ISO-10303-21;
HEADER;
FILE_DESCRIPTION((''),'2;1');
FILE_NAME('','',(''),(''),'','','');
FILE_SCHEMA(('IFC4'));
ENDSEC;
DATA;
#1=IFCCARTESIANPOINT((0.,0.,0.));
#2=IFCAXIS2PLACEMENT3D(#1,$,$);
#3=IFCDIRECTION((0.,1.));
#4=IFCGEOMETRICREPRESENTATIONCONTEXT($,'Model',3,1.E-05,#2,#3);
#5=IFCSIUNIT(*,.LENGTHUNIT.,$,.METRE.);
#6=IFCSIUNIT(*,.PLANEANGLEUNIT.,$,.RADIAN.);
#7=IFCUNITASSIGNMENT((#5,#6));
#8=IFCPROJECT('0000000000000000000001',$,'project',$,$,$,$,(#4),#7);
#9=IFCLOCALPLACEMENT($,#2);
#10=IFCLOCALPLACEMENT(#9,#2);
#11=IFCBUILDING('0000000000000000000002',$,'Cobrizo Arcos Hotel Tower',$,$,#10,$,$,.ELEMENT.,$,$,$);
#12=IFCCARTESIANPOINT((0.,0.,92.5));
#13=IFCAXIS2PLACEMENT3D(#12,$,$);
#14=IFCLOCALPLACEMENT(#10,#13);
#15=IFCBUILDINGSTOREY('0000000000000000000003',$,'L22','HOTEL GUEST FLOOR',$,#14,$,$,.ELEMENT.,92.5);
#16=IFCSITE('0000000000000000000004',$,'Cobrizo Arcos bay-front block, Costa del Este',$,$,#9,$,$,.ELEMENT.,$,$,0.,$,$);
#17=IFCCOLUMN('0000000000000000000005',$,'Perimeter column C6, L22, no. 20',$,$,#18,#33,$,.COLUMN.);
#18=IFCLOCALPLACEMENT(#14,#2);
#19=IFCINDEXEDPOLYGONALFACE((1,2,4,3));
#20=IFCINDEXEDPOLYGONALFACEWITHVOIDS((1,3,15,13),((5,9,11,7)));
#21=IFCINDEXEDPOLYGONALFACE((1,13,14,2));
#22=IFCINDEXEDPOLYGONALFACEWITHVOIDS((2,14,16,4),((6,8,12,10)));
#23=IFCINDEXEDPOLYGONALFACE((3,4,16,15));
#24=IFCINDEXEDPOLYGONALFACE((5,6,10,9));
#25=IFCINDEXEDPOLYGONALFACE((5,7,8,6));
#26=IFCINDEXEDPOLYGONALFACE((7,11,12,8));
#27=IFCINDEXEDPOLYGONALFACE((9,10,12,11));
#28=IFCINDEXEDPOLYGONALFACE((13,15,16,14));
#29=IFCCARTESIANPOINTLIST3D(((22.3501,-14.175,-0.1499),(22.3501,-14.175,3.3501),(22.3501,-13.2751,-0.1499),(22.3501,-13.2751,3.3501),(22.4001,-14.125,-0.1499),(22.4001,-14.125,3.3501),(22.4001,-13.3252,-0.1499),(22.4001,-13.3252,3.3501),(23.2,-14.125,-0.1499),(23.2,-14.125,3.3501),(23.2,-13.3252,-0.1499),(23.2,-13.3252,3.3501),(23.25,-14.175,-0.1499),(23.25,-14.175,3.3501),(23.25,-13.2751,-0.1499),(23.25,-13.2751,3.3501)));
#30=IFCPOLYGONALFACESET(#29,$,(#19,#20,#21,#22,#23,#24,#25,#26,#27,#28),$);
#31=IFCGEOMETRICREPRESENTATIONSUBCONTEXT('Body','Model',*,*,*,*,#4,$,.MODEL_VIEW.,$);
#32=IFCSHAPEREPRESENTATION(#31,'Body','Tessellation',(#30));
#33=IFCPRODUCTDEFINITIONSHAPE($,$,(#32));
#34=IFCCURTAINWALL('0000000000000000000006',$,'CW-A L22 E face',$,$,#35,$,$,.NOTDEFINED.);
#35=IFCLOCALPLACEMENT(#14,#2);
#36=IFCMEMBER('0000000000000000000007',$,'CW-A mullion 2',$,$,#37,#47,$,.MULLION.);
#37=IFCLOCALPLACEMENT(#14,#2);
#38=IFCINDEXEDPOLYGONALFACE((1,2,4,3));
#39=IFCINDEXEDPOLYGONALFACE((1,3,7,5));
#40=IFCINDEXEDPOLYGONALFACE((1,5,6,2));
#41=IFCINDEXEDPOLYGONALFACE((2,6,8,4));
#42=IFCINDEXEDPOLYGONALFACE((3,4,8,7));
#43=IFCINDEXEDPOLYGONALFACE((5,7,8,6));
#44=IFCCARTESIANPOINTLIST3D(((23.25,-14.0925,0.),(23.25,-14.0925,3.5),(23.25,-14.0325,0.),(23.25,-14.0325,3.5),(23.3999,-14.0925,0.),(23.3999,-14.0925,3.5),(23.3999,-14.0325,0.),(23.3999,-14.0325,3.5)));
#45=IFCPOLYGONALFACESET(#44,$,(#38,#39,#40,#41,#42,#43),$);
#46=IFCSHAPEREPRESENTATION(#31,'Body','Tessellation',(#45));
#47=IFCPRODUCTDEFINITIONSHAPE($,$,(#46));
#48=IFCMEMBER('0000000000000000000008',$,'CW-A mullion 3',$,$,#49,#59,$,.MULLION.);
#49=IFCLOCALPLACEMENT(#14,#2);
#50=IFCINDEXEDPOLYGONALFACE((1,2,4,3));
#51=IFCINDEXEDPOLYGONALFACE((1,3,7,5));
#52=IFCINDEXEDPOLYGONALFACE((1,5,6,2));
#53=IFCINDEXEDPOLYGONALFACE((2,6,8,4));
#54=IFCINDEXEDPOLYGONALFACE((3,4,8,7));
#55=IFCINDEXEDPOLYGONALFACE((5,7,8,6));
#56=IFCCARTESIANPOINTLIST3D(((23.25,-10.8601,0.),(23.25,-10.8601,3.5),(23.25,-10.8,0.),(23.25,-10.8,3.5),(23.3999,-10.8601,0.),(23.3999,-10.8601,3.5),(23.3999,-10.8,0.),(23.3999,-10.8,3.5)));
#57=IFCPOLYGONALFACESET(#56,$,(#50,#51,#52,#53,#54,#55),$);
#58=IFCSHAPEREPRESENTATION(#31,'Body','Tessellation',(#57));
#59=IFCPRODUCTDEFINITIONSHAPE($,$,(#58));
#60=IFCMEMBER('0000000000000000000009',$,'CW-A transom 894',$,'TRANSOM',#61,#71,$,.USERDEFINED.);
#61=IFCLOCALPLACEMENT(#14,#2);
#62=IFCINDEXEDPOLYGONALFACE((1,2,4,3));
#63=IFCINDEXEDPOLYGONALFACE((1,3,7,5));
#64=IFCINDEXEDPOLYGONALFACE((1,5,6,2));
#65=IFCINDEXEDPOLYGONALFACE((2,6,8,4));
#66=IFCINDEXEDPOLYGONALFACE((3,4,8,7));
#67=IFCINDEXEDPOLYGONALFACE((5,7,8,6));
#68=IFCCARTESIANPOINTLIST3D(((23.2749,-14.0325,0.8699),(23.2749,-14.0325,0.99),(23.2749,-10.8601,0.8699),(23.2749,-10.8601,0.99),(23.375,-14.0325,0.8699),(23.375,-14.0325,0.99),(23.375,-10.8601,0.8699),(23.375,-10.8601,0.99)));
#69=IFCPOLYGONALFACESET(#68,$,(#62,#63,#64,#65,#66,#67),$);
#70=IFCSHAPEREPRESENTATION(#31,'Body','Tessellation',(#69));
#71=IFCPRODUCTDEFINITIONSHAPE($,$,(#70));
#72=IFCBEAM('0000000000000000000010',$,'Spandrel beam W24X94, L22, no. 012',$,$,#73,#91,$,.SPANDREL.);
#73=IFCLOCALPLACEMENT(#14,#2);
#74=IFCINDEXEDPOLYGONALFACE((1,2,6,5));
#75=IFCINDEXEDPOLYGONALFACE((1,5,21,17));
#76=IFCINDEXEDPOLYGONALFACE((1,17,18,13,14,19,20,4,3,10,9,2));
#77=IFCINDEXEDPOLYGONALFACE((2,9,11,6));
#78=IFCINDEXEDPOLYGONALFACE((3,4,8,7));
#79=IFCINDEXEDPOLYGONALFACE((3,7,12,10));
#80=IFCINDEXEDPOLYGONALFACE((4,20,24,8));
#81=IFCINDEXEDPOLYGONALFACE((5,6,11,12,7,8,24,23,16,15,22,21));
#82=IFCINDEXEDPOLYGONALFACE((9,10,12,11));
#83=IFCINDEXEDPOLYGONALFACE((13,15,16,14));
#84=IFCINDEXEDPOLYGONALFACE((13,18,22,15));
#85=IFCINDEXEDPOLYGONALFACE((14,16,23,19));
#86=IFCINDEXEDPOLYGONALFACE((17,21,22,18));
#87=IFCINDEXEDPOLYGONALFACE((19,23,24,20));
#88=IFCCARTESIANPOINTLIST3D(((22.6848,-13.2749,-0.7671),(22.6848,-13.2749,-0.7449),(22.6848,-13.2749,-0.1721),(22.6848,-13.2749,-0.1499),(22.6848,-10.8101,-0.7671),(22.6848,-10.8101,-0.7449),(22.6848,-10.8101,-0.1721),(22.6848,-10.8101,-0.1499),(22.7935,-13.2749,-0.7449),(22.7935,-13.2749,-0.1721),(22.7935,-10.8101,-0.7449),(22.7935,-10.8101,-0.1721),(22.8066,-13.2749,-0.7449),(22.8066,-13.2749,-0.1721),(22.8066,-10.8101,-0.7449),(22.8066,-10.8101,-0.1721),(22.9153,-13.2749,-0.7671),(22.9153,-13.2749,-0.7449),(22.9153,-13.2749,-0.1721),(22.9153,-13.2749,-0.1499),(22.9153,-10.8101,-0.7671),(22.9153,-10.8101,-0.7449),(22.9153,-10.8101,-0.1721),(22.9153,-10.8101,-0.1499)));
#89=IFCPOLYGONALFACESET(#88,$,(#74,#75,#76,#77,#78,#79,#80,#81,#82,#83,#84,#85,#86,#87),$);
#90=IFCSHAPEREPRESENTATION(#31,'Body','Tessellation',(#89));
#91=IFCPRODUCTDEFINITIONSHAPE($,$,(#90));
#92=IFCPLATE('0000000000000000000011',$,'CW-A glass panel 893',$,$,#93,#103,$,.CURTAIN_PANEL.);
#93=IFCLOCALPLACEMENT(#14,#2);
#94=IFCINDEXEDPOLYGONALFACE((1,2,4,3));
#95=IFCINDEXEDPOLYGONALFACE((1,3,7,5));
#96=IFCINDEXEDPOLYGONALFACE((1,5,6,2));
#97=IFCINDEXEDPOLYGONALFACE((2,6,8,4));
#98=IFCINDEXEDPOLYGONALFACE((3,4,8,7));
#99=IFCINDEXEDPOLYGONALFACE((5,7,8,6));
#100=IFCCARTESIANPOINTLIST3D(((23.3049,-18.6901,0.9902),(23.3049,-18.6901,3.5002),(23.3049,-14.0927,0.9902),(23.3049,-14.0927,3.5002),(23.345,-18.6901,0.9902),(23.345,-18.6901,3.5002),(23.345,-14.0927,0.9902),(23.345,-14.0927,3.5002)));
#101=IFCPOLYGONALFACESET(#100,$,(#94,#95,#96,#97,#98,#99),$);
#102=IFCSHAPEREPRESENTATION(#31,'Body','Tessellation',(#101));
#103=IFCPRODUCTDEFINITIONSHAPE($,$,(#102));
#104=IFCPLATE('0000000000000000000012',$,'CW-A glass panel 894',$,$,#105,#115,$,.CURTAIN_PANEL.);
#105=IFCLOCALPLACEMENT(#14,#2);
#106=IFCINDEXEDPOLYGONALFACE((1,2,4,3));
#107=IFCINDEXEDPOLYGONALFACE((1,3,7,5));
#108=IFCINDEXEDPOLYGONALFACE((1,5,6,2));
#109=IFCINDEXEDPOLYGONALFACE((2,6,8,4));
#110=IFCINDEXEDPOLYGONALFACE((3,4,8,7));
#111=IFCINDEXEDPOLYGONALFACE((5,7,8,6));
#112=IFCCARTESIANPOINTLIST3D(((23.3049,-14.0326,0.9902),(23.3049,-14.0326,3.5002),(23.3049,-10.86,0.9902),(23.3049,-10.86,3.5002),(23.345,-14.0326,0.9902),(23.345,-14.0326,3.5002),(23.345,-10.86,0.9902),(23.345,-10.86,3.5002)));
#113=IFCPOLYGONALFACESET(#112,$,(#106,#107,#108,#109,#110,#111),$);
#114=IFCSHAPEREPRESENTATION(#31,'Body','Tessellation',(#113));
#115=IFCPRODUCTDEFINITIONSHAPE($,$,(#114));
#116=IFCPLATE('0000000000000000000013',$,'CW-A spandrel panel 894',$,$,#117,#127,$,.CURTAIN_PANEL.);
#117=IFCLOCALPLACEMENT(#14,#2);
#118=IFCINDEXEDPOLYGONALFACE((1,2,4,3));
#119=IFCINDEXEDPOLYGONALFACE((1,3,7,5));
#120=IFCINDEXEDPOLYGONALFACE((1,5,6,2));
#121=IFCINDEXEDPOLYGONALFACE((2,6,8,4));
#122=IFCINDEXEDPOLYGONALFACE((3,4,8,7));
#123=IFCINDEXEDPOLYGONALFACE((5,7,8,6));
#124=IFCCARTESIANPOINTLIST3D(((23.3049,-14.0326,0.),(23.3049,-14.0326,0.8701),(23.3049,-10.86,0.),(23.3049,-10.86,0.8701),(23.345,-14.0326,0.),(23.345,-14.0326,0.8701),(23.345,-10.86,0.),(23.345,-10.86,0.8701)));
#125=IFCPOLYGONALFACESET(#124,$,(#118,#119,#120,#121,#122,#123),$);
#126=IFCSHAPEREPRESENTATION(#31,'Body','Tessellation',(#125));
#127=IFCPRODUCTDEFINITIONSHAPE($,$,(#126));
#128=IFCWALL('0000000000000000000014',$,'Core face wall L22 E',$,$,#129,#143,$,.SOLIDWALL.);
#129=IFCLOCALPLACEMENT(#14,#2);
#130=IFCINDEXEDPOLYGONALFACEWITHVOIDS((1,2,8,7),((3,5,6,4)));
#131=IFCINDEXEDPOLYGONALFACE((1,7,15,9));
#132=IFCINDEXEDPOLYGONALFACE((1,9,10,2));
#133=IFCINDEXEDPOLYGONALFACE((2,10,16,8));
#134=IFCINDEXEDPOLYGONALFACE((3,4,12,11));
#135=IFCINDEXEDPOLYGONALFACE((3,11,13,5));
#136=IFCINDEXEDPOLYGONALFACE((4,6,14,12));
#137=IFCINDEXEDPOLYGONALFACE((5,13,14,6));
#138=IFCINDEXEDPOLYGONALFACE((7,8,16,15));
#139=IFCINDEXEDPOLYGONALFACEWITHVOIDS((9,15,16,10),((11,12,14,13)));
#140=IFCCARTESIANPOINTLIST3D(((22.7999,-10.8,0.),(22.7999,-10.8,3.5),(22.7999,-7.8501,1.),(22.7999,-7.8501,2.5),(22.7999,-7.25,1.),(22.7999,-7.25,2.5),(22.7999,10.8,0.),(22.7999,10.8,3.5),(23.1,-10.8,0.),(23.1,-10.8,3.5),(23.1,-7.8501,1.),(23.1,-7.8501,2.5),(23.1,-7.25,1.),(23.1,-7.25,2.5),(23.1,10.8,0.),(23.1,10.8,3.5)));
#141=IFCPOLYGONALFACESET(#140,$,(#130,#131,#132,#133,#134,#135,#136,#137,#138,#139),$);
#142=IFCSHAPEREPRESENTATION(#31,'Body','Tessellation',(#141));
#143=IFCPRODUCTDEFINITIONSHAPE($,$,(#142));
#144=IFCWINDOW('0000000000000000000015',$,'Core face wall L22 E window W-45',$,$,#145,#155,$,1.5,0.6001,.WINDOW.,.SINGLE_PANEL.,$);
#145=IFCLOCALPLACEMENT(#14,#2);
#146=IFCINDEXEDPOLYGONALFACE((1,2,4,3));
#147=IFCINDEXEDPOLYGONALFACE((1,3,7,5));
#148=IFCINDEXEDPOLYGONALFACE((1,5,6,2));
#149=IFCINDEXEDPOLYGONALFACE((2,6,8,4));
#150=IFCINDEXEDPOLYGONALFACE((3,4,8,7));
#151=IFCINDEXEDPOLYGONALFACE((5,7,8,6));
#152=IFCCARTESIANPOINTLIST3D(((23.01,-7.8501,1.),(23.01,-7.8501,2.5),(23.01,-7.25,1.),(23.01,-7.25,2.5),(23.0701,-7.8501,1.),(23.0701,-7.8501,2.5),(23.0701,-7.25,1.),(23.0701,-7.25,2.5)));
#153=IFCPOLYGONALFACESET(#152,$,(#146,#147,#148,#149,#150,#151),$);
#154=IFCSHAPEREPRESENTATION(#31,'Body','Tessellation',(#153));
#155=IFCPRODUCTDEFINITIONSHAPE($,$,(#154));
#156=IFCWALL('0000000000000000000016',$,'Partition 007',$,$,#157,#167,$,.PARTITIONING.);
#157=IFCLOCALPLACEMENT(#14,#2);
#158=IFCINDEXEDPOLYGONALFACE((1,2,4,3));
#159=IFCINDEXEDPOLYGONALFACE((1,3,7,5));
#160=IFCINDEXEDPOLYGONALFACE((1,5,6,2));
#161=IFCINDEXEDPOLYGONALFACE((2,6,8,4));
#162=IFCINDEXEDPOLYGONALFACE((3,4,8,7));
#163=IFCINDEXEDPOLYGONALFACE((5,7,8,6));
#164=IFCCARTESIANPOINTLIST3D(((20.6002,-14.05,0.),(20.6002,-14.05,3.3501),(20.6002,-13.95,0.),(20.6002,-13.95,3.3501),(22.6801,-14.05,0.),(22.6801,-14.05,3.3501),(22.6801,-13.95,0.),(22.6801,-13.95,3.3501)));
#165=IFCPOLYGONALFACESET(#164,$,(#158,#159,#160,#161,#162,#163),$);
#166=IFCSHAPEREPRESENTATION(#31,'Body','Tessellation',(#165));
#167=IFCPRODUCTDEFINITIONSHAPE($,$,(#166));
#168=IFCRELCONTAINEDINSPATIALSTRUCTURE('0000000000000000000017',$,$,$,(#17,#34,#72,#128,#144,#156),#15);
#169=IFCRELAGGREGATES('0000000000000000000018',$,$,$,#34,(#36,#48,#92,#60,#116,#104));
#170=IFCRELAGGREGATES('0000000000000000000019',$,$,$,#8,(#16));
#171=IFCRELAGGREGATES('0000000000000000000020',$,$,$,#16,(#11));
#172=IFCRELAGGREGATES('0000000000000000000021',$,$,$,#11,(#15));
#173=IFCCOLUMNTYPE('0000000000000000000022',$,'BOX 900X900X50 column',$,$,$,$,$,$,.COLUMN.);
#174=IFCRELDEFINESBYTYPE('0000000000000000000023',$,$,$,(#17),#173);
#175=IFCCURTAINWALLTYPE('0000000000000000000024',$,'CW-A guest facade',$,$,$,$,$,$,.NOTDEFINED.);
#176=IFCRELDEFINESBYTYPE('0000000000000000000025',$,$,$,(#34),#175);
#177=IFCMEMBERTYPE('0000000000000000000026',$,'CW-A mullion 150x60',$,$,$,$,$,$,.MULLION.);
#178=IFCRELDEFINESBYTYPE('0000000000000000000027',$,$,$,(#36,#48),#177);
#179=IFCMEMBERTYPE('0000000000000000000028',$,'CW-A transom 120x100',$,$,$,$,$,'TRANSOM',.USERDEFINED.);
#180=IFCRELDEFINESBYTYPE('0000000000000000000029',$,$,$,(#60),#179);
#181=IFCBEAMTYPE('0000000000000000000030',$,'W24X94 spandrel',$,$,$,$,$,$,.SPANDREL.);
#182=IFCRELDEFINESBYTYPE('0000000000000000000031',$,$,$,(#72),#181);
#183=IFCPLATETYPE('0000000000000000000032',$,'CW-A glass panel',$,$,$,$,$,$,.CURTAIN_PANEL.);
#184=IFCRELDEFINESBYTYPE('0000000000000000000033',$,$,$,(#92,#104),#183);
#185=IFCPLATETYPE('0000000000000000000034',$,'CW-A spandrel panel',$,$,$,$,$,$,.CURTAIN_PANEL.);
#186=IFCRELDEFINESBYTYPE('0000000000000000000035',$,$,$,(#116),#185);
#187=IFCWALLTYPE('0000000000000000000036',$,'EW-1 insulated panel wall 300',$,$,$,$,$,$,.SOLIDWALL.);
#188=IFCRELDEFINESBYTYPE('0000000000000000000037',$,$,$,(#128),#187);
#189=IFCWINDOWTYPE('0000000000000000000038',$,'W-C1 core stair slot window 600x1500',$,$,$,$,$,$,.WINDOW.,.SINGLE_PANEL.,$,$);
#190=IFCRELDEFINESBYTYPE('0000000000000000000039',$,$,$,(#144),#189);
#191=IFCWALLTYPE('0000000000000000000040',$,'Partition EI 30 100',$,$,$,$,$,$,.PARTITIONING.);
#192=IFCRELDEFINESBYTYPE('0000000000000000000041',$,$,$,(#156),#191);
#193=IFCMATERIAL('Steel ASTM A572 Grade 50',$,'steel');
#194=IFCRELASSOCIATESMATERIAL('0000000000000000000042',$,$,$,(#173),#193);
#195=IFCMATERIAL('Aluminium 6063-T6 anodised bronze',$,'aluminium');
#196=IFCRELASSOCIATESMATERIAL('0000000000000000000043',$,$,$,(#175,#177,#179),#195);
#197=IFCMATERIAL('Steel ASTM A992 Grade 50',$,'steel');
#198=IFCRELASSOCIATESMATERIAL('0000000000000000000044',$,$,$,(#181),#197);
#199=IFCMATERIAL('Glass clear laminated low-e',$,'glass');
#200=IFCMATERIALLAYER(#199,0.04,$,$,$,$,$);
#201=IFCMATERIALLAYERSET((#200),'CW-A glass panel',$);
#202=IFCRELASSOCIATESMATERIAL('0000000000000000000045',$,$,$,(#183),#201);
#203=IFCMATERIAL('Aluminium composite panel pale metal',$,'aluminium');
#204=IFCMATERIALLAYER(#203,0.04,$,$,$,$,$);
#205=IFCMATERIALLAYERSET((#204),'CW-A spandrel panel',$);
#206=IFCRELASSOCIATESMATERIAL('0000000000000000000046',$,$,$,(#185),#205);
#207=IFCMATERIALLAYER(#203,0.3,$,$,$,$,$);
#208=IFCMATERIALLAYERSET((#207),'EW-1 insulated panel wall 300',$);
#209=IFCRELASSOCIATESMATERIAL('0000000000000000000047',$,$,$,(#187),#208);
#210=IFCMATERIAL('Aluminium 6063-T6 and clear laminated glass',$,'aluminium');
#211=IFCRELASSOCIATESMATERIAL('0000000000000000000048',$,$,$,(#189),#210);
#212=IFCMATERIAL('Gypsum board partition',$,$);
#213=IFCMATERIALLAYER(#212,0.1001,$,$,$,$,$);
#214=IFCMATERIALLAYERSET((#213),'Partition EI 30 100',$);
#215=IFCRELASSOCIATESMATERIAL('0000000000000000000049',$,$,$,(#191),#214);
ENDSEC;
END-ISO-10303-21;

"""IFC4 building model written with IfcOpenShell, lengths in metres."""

from ifc_helpers import new_model, si_unit, direction, frame, frame_2d, origin, origin_2d, place, context, subcontext, project, spatial, rectangle, hollow_rectangle, i_section, extrude, material, layer, layer_set, material_profile, profile_set, type_object, element, fill, aggregate, save


model = new_model("IFC4")

# Units and contexts
model_context = context("Model", 3, precision=1e-05, world=origin(), true_north=direction((0.0, 1.0)))
body_context = subcontext(model_context, "Body", "Model", "MODEL_VIEW")
ifc_project = project(units=[si_unit("LENGTHUNIT", "METRE"), si_unit("PLANEANGLEUNIT", "RADIAN")], contexts=[model_context])

# Site, building, storey
site_placement = place(None, origin())
site = spatial("IfcSite", under=ifc_project, at=site_placement, Name="Cobrizo Arcos bay-front block, Costa del Este", CompositionType="ELEMENT", RefElevation=0.0)
building_placement = place(site_placement, origin())
building = spatial("IfcBuilding", under=site, at=building_placement, Name="Cobrizo Arcos Hotel Tower", CompositionType="ELEMENT")
storey_placement = place(building_placement, frame((0.0, 0.0, 92.5)))
storey = spatial("IfcBuildingStorey", under=building, at=storey_placement, Name="L22", Description="HOTEL GUEST FLOOR", CompositionType="ELEMENT", Elevation=92.5)

# Column
ifc_material_1 = material(Name="Steel ASTM A572 Grade 50", Category="steel")
ifc_material_profile_1 = material_profile(ifc_material_1, hollow_rectangle(XDim=0.8999, YDim=0.8999, WallThickness=0.05, at=origin_2d()), Name="BOX 900X900X50")
ifc_profile_set_1 = profile_set([ifc_material_profile_1], Name="Steel ASTM A572 Grade 50")
column_type = type_object("IfcColumnType", Name="BOX 900X900X50 column", PredefinedType="COLUMN", material=ifc_profile_set_1)
column_placement = place(storey_placement, frame((22.8, -13.7251, -0.1499), z_axis=(0.0, 0.0, 1.0), x_axis=(1.0, 0.0, 0.0)))
element("IfcColumn", 1, at=column_placement, inside=storey, type_object=column_type, Name="Perimeter column C6, L22, no. 20", PredefinedType="COLUMN", context=body_context, shape_type="SweptSolid", body=[
    extrude(hollow_rectangle(XDim=0.8999, YDim=0.8999, WallThickness=0.05, at=origin_2d()), origin(), (0.0, 0.0, 1.0), 3.5),
])

# Curtain wall, members
ifc_material_2 = material(Name="Aluminium 6063-T6 anodised bronze", Category="aluminium")
curtain_wall_type = type_object("IfcCurtainWallType", Name="CW-A guest facade", PredefinedType="NOTDEFINED", material=ifc_material_2)
curtain_wall_placement = place(storey_placement, origin())
curtain_wall = element("IfcCurtainWall", 2, at=curtain_wall_placement, inside=storey, type_object=curtain_wall_type, Name="CW-A L22 E face", PredefinedType="NOTDEFINED")
ifc_material_profile_2 = material_profile(ifc_material_2, rectangle(XDim=0.1499, YDim=0.0601, at=origin_2d()), Name="CW-A mullion 150x60")
ifc_profile_set_2 = profile_set([ifc_material_profile_2], Name="Aluminium 6063-T6 anodised bronze")
member_type_1 = type_object("IfcMemberType", Name="CW-A mullion 150x60", PredefinedType="MULLION", material=ifc_profile_set_2)
member_1_placement = place(storey_placement, frame((23.325, -14.0625, 0.0), z_axis=(0.0, 0.0, 1.0), x_axis=(1.0, 0.0, 0.0)))
member_1 = element("IfcMember", 3, at=member_1_placement, type_object=member_type_1, Name="CW-A mullion 2", PredefinedType="MULLION", context=body_context, shape_type="SweptSolid", body=[
    extrude(rectangle(XDim=0.1499, YDim=0.0601, at=origin_2d()), origin(), (0.0, 0.0, 1.0), 3.5),
])
member_2_placement = place(storey_placement, frame((23.325, -10.8301, 0.0), z_axis=(0.0, 0.0, 1.0), x_axis=(1.0, 0.0, 0.0)))
member_2 = element("IfcMember", 4, at=member_2_placement, type_object=member_type_1, Name="CW-A mullion 3", PredefinedType="MULLION", context=body_context, shape_type="SweptSolid", body=[
    extrude(rectangle(XDim=0.1499, YDim=0.0601, at=origin_2d()), origin(), (0.0, 0.0, 1.0), 3.5),
])
ifc_material_profile_3 = material_profile(ifc_material_2, rectangle(XDim=0.1001, YDim=0.1201, at=origin_2d()), Name="CW-A transom 120x100")
ifc_profile_set_3 = profile_set([ifc_material_profile_3], Name="Aluminium 6063-T6 anodised bronze")
member_type_2 = type_object("IfcMemberType", Name="CW-A transom 120x100", ElementType="TRANSOM", PredefinedType="USERDEFINED", material=ifc_profile_set_3)
member_3_placement = place(storey_placement, frame((23.325, -14.0325, 0.9299), z_axis=(0.0, 1.0, 0.0), x_axis=(-1.0, 0.0, 0.0)))
member_3 = element("IfcMember", 5, at=member_3_placement, type_object=member_type_2, Name="CW-A transom 894", ObjectType="TRANSOM", PredefinedType="USERDEFINED", context=body_context, shape_type="SweptSolid", body=[
    extrude(rectangle(XDim=0.1001, YDim=0.1201, at=origin_2d()), origin(), (0.0, 0.0, 1.0), 3.1724),
])

# Beam
ifc_material_3 = material(Name="Steel ASTM A992 Grade 50", Category="steel")
ifc_material_profile_4 = material_profile(ifc_material_3, i_section(OverallWidth=0.2305, OverallDepth=0.6172, WebThickness=0.0132, FlangeThickness=0.0222, at=origin_2d()), Name="W24X94")
ifc_profile_set_4 = profile_set([ifc_material_profile_4], Name="Steel ASTM A992 Grade 50")
beam_type = type_object("IfcBeamType", Name="W24X94 spandrel", PredefinedType="SPANDREL", material=ifc_profile_set_4)
beam_placement = place(storey_placement, frame((22.8, -13.2749, -0.4585), z_axis=(0.0, 1.0, 0.0), x_axis=(-1.0, 0.0, 0.0)))
element("IfcBeam", 6, at=beam_placement, inside=storey, type_object=beam_type, Name="Spandrel beam W24X94, L22, no. 012", PredefinedType="SPANDREL", context=body_context, shape_type="SweptSolid", body=[
    extrude(i_section(OverallWidth=0.2305, OverallDepth=0.6172, WebThickness=0.0132, FlangeThickness=0.0222, at=origin_2d()), origin(), (0.0, 0.0, 1.0), 2.4648),
])

# Plates
ifc_material_4 = material(Name="Glass clear laminated low-e", Category="glass")
ifc_layer_1 = layer(ifc_material_4, 0.04)
ifc_layer_set_1 = layer_set([ifc_layer_1], Name="CW-A glass panel")
plate_type_1 = type_object("IfcPlateType", Name="CW-A glass panel", PredefinedType="CURTAIN_PANEL", material=ifc_layer_set_1)
plate_1_placement = place(storey_placement, frame((23.325, -16.3914, 0.9902), z_axis=(0.0, 0.0, 1.0), x_axis=(0.0, 1.0, 0.0)))
plate_1 = element("IfcPlate", 7, at=plate_1_placement, type_object=plate_type_1, Name="CW-A glass panel 893", PredefinedType="CURTAIN_PANEL", context=body_context, shape_type="SweptSolid", body=[
    extrude(rectangle(XDim=4.5974, YDim=0.04, at=origin_2d()), origin(), (0.0, 0.0, 1.0), 2.51),
])
plate_2_placement = place(storey_placement, frame((23.325, -12.4463, 0.9902), z_axis=(0.0, 0.0, 1.0), x_axis=(0.0, 1.0, 0.0)))
plate_2 = element("IfcPlate", 8, at=plate_2_placement, type_object=plate_type_1, Name="CW-A glass panel 894", PredefinedType="CURTAIN_PANEL", context=body_context, shape_type="SweptSolid", body=[
    extrude(rectangle(XDim=3.1726, YDim=0.04, at=origin_2d()), origin(), (0.0, 0.0, 1.0), 2.51),
])
ifc_material_5 = material(Name="Aluminium composite panel pale metal", Category="aluminium")
ifc_layer_2 = layer(ifc_material_5, 0.04)
ifc_layer_set_2 = layer_set([ifc_layer_2], Name="CW-A spandrel panel")
plate_type_2 = type_object("IfcPlateType", Name="CW-A spandrel panel", PredefinedType="CURTAIN_PANEL", material=ifc_layer_set_2)
plate_3_placement = place(storey_placement, frame((23.325, -12.4463, 0.0), z_axis=(0.0, 0.0, 1.0), x_axis=(0.0, 1.0, 0.0)))
plate_3 = element("IfcPlate", 9, at=plate_3_placement, type_object=plate_type_2, Name="CW-A spandrel panel 894", PredefinedType="CURTAIN_PANEL", context=body_context, shape_type="SweptSolid", body=[
    extrude(rectangle(XDim=3.1726, YDim=0.04, at=origin_2d()), origin(), (0.0, 0.0, 1.0), 0.8701),
])
aggregate(curtain_wall, [member_1, member_2, plate_1, member_3, plate_3, plate_2])

# Wall, opening, window
ifc_layer_3 = layer(ifc_material_5, 0.3)
ifc_layer_set_3 = layer_set([ifc_layer_3], Name="EW-1 insulated panel wall 300")
wall_type_1 = type_object("IfcWallType", Name="EW-1 insulated panel wall 300", PredefinedType="SOLIDWALL", material=ifc_layer_set_3)
wall_1_placement = place(storey_placement, frame((22.95, -10.8, 0.0), z_axis=(0.0, 0.0, 1.0), x_axis=(0.0, 1.0, 0.0)))
wall_1 = element("IfcWall", 10, at=wall_1_placement, inside=storey, type_object=wall_type_1, Name="Core face wall L22 E", PredefinedType="SOLIDWALL", context=body_context, shape_type="SweptSolid", body=[
    extrude(rectangle(XDim=21.6001, YDim=0.3, at=frame_2d((10.8, 0.0))), origin(), (0.0, 0.0, 1.0), 3.5),
])
opening_1_placement = place(wall_1_placement, frame((2.95, 0.0, 1.0)))
opening_1 = element("IfcOpeningElement", 11, at=opening_1_placement, cuts=wall_1, PredefinedType="OPENING", context=body_context, shape_type="SweptSolid", body=[
    extrude(rectangle(XDim=0.6001, YDim=1.5, at=frame_2d((0.3, 0.75))), frame((0.0, 0.1621, 0.0), z_axis=(0.0, -1.0, 0.0), x_axis=(1.0, 0.0, 0.0)), (0.0, 0.0, 1.0), 0.324),
])
ifc_material_6 = material(Name="Aluminium 6063-T6 and clear laminated glass", Category="aluminium")
window_type = type_object("IfcWindowType", Name="W-C1 core stair slot window 600x1500", PartitioningType="SINGLE_PANEL", PredefinedType="WINDOW", material=ifc_material_6)
window_placement = place(opening_1_placement, origin())
window = element("IfcWindow", 12, at=window_placement, inside=storey, type_object=window_type, Name="Core face wall L22 E window W-45", OverallHeight=1.5, OverallWidth=0.6001, PartitioningType="SINGLE_PANEL", PredefinedType="WINDOW", context=body_context, shape_type="SweptSolid", body=[
    extrude(rectangle(XDim=0.6001, YDim=1.5, at=frame_2d((0.3, 0.75))), frame((0.0, -0.0601, 0.0), z_axis=(0.0, -1.0, 0.0), x_axis=(1.0, 0.0, 0.0)), (0.0, 0.0, 1.0), 0.0601),
])
fill(opening_1, window)

# Wall
ifc_material_7 = material(Name="Gypsum board partition")
ifc_layer_4 = layer(ifc_material_7, 0.1001)
ifc_layer_set_4 = layer_set([ifc_layer_4], Name="Partition EI 30 100")
wall_type_2 = type_object("IfcWallType", Name="Partition EI 30 100", PredefinedType="PARTITIONING", material=ifc_layer_set_4)
wall_2_placement = place(storey_placement, frame((20.6001, -14.0, 0.0), z_axis=(0.0, 0.0, 1.0), x_axis=(1.0, 0.0, 0.0)))
element("IfcWall", 13, at=wall_2_placement, inside=storey, type_object=wall_type_2, Name="Partition 007", PredefinedType="PARTITIONING", context=body_context, shape_type="SweptSolid", body=[
    extrude(rectangle(XDim=2.0798, YDim=0.1001, at=frame_2d((1.04, 0.0))), origin(), (0.0, 0.0, 1.0), 3.3501),
])

save(model, "model.ifc")
